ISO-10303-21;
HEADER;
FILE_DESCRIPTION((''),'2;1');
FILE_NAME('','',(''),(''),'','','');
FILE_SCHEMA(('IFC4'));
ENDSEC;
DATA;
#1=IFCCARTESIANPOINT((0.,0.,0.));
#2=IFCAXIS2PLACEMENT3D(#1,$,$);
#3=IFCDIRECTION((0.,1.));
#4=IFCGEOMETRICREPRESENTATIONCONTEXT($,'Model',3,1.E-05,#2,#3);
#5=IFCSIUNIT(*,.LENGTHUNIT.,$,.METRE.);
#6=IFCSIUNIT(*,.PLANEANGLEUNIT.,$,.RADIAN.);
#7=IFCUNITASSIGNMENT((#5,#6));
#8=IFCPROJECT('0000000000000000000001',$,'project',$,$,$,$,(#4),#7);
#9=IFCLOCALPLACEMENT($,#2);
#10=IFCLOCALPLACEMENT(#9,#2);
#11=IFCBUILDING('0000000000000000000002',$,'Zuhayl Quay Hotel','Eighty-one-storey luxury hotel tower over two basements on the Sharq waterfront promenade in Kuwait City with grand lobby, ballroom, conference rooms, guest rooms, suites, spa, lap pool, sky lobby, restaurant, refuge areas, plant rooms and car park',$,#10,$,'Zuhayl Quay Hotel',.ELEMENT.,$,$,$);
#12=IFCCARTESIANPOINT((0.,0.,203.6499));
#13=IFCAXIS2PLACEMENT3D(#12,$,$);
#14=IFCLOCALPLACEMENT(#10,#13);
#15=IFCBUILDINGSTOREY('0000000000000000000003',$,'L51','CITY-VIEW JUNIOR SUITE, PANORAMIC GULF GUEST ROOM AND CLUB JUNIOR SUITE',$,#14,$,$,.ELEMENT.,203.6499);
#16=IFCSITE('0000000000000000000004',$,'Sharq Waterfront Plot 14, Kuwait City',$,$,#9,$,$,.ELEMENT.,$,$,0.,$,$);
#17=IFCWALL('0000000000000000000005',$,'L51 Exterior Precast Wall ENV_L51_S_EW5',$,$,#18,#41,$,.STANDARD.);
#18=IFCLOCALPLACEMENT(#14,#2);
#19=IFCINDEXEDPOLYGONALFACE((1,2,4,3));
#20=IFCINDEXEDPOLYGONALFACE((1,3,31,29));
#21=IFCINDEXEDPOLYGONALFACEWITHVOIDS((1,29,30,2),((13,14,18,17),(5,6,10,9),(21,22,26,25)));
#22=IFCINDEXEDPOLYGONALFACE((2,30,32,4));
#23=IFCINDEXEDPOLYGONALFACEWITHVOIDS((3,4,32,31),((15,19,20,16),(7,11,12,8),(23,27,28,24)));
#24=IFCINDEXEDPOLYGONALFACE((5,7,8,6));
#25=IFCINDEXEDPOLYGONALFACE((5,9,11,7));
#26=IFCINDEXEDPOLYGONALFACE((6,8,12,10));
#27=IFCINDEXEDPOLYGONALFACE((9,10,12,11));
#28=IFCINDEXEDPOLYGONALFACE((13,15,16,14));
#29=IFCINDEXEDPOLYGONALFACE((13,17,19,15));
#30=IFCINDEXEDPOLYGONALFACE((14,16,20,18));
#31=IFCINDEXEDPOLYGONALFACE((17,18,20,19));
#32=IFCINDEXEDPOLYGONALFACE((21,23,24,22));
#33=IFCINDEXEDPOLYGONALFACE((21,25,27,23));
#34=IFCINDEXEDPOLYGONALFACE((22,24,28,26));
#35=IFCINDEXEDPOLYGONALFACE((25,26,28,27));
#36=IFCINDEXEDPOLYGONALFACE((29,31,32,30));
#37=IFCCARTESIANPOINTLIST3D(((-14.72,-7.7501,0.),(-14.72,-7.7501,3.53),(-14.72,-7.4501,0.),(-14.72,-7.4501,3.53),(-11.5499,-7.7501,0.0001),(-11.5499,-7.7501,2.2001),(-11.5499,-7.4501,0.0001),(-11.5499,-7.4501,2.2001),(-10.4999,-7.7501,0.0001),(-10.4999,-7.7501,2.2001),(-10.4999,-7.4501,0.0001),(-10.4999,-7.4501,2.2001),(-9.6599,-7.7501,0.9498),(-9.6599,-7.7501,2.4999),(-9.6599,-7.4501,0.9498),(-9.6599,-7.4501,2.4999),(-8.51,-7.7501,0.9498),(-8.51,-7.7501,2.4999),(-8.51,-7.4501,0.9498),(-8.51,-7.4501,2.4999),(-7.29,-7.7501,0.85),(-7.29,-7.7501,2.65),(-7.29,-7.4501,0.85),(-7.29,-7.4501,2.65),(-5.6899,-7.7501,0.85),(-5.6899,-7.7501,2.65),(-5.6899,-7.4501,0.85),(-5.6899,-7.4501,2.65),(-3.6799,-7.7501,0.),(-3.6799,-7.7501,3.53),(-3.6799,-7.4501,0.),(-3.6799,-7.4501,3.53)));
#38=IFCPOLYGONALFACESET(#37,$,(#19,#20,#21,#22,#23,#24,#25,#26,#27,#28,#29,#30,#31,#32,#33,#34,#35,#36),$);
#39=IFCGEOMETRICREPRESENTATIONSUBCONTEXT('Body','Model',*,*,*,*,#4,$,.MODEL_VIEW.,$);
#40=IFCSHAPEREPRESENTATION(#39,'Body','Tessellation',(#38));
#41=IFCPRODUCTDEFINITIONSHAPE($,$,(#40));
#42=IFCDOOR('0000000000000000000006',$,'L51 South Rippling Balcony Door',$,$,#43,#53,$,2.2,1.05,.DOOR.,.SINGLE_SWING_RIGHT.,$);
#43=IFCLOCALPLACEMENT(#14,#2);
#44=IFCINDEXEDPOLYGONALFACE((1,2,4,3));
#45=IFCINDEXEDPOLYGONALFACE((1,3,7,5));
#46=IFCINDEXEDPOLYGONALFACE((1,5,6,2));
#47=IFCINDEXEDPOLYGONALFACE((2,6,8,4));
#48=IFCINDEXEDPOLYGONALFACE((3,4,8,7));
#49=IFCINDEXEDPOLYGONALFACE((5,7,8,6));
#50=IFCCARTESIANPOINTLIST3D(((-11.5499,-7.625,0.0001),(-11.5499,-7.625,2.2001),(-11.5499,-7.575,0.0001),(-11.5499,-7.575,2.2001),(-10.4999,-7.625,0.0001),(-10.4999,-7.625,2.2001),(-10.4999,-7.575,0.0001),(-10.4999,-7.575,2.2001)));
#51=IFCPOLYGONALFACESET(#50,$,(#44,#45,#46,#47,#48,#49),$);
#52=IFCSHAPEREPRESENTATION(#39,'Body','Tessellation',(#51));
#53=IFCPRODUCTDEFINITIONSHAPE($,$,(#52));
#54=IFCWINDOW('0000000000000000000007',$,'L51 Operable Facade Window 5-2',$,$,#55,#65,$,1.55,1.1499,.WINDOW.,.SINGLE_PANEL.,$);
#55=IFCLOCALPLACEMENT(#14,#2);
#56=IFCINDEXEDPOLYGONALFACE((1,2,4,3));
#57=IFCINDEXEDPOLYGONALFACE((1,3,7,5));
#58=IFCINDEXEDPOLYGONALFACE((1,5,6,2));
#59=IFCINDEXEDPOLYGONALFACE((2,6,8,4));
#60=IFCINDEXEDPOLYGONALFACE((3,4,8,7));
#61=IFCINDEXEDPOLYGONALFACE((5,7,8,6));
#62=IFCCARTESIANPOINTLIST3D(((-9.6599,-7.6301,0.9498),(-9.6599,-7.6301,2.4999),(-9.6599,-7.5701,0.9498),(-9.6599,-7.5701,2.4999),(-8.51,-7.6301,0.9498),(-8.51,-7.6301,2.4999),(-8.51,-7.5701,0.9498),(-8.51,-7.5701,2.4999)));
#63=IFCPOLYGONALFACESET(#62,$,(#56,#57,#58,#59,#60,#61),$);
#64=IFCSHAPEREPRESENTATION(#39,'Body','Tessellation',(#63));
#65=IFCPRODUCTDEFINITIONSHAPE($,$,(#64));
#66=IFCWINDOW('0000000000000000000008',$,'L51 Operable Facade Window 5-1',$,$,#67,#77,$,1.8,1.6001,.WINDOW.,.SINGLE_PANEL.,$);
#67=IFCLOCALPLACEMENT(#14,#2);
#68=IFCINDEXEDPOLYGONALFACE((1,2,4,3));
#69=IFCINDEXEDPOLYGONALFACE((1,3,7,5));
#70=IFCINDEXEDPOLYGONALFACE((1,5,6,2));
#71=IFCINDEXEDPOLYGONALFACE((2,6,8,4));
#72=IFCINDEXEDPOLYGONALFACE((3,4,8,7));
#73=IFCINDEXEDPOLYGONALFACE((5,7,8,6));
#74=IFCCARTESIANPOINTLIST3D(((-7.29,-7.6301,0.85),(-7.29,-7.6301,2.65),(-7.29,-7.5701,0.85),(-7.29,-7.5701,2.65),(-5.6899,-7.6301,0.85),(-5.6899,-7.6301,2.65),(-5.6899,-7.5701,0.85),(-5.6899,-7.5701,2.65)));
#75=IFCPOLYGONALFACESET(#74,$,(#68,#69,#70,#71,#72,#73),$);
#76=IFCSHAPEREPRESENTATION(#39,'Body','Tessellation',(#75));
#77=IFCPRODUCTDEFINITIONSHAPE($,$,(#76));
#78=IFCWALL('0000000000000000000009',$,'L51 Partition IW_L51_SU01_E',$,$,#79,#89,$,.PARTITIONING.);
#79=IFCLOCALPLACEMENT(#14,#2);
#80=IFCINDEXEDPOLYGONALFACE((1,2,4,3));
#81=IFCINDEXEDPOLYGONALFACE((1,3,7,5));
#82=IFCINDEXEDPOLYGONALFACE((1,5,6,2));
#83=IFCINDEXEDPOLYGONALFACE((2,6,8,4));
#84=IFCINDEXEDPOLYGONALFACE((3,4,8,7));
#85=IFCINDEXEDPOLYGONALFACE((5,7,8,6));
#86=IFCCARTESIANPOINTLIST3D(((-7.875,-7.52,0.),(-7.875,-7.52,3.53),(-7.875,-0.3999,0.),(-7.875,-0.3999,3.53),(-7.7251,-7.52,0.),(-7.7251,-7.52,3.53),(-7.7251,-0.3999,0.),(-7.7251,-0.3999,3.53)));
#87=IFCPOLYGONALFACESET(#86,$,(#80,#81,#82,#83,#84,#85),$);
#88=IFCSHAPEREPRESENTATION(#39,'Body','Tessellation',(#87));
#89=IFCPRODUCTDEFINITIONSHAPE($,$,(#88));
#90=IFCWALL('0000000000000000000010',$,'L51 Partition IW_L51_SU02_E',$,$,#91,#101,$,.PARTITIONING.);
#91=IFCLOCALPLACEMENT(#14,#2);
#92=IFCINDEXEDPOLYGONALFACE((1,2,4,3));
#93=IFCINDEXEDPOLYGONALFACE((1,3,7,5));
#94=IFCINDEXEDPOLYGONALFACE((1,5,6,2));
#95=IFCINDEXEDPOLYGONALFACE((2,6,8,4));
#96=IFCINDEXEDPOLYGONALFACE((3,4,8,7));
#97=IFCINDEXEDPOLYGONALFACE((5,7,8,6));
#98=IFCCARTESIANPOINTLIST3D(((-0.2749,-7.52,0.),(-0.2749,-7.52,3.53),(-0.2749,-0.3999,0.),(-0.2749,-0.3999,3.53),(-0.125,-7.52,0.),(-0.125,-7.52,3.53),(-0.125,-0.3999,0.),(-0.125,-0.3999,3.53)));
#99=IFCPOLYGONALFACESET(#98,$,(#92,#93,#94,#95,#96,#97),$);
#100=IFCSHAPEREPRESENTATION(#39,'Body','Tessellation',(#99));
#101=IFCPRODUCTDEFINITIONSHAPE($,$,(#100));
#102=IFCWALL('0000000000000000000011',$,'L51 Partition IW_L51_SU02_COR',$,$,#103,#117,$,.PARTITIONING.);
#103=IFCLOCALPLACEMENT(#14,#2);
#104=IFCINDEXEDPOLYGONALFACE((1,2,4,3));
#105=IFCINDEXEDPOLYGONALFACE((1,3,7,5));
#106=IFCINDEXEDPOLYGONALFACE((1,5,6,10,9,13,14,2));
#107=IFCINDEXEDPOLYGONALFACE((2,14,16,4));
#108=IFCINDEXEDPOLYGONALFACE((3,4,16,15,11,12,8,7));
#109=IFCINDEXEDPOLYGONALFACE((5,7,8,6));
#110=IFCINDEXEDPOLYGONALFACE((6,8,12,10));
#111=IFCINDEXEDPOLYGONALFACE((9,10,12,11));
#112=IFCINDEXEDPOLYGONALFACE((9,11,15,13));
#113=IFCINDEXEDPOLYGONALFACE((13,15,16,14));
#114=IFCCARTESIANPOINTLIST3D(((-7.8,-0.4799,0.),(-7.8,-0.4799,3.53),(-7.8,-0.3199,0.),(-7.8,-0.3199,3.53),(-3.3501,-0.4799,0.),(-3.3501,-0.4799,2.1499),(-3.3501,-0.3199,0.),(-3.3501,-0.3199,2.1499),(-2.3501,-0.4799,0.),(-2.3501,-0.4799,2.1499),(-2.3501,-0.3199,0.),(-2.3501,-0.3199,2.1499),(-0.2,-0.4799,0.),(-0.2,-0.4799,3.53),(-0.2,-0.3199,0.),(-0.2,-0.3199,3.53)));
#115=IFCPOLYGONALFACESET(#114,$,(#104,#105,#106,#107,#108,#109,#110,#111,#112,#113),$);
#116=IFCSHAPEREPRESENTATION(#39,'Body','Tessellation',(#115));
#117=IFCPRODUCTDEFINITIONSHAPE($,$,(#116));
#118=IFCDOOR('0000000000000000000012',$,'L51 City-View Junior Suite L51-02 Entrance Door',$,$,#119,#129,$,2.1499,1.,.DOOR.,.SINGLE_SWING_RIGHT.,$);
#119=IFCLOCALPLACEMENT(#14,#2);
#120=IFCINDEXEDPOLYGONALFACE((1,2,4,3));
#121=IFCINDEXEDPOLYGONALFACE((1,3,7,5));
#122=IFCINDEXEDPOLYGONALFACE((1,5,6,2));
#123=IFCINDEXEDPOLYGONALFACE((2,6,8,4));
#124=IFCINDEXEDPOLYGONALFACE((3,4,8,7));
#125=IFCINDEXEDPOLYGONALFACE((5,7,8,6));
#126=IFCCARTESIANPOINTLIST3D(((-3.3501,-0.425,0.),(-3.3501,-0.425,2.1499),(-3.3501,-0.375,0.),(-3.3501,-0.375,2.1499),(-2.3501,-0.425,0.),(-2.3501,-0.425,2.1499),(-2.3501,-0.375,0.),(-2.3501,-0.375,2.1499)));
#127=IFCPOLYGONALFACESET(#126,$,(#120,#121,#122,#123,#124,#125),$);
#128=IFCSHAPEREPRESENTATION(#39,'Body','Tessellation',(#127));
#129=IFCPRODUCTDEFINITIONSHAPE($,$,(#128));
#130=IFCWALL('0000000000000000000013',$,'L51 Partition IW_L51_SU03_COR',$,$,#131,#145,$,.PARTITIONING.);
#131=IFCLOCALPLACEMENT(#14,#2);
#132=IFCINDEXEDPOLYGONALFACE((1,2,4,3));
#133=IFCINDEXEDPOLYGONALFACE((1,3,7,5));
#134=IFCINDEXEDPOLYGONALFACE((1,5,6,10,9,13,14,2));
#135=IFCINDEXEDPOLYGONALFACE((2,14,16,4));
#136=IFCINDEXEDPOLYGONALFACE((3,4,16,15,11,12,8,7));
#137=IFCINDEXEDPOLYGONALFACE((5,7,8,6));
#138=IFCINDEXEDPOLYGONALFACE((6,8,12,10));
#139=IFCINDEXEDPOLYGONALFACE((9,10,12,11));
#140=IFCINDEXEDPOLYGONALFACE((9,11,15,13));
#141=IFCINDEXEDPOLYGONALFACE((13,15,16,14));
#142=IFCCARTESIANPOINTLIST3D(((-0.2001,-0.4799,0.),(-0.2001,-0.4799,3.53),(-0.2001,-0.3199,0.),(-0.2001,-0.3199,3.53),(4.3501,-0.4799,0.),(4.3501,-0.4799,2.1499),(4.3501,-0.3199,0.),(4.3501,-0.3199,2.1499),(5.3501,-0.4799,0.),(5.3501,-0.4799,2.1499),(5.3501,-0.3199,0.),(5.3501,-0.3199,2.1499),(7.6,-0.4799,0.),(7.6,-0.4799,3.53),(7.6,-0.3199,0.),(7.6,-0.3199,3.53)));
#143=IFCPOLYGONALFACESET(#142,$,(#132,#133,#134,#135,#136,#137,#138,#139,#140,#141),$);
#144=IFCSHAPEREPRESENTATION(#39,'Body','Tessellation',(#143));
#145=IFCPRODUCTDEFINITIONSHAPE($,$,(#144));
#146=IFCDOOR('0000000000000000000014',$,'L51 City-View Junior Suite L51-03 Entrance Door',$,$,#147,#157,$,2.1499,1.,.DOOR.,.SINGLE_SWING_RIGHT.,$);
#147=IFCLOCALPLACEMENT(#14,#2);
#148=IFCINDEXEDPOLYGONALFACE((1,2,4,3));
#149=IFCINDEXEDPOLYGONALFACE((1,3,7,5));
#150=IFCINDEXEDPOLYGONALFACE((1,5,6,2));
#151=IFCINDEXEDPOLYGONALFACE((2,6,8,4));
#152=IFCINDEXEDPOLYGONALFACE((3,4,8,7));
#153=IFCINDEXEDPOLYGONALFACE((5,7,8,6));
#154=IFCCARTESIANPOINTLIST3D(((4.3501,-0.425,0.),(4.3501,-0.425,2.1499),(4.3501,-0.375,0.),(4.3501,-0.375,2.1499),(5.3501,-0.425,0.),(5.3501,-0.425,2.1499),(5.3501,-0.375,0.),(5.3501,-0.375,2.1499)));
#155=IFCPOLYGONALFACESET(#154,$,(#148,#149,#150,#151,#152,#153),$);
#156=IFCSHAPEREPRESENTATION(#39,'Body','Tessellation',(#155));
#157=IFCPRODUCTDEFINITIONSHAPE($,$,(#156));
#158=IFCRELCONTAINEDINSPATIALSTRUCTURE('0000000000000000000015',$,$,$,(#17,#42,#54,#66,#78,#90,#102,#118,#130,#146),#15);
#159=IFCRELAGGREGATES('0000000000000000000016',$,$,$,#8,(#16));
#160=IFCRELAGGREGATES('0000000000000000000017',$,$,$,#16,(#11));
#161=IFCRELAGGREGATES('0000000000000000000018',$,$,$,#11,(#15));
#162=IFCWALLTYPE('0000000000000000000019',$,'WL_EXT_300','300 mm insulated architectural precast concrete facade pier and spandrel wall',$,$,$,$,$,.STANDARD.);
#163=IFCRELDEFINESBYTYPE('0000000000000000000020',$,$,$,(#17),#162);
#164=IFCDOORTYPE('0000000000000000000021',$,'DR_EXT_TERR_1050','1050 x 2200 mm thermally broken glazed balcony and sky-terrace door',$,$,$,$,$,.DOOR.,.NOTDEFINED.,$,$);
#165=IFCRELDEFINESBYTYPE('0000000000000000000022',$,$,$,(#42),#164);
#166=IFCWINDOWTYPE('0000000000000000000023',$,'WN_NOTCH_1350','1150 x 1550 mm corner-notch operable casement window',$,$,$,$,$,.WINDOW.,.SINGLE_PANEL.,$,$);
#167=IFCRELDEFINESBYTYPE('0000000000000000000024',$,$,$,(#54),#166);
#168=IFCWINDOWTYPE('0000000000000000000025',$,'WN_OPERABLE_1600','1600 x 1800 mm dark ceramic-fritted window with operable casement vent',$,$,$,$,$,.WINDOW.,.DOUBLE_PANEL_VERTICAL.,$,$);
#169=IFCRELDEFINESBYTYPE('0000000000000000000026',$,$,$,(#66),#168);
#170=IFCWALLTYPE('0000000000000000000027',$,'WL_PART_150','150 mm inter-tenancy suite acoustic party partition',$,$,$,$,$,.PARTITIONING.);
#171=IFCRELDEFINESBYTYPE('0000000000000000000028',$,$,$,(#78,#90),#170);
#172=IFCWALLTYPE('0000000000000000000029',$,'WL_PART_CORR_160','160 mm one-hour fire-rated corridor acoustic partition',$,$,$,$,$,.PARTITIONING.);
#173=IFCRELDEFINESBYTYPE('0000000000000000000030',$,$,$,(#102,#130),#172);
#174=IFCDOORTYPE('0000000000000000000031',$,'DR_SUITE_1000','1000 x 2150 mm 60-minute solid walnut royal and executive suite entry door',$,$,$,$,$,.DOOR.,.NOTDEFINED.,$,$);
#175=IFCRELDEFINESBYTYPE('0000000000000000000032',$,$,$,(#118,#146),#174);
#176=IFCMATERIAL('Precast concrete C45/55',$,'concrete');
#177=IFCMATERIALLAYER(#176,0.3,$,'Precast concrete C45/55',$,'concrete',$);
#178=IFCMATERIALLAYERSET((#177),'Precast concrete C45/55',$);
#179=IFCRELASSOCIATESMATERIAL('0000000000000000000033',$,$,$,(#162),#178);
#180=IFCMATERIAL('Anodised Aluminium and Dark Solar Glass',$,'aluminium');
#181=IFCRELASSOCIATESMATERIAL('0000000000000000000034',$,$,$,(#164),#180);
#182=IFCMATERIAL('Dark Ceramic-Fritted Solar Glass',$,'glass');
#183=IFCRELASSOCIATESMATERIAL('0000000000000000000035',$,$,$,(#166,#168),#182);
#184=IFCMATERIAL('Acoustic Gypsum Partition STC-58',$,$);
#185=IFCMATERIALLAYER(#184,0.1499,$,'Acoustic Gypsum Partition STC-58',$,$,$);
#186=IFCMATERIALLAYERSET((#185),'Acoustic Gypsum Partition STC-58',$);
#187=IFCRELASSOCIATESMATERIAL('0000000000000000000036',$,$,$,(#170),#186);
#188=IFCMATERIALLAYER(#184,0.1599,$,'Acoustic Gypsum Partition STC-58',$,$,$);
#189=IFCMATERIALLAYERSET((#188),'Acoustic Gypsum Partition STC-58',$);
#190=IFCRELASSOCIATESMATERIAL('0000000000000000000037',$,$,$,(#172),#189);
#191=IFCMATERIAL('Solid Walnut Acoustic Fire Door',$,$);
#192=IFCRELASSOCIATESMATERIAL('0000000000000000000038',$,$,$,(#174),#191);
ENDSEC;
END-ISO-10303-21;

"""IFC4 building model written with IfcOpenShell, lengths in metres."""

from ifc_helpers import new_model, si_unit, direction, frame, frame_2d, origin, place, context, subcontext, project, spatial, rectangle, extrude, material, layer, layer_set, type_object, element, fill, save


model = new_model("IFC4")

# Units and contexts
model_context = context("Model", 3, precision=1e-05, world=origin(), true_north=direction((0.0, 1.0)))
body_context = subcontext(model_context, "Body", "Model", "MODEL_VIEW")
ifc_project = project(units=[si_unit("LENGTHUNIT", "METRE"), si_unit("PLANEANGLEUNIT", "RADIAN")], contexts=[model_context])

# Site, building, storey
site_placement = place(None, origin())
site = spatial("IfcSite", under=ifc_project, at=site_placement, Name="Sharq Waterfront Plot 14, Kuwait City", CompositionType="ELEMENT", RefElevation=0.0)
building_placement = place(site_placement, origin())
building = spatial("IfcBuilding", under=site, at=building_placement, Name="Zuhayl Quay Hotel", Description="Eighty-one-storey luxury hotel tower over two basements on the Sharq waterfront promenade in Kuwait City with grand lobby, ballroom, conference rooms, guest rooms, suites, spa, lap pool, sky lobby, restaurant, refuge areas, plant rooms and car park", LongName="Zuhayl Quay Hotel", CompositionType="ELEMENT")
storey_placement = place(building_placement, frame((0.0, 0.0, 203.6499)))
storey = spatial("IfcBuildingStorey", under=building, at=storey_placement, Name="L51", Description="CITY-VIEW JUNIOR SUITE, PANORAMIC GULF GUEST ROOM AND CLUB JUNIOR SUITE", CompositionType="ELEMENT", Elevation=203.6499)

# Shared definitions
ifc_material_1 = material(Name="Dark Ceramic-Fritted Solar Glass", Category="glass")

# Wall, openings, door, windows
ifc_material_2 = material(Name="Precast concrete C45/55", Category="concrete")
ifc_layer_1 = layer(ifc_material_2, 0.3, Name="Precast concrete C45/55", Category="concrete")
ifc_layer_set_1 = layer_set([ifc_layer_1], Name="Precast concrete C45/55")
wall_type_1 = type_object("IfcWallType", Name="WL_EXT_300", Description="300 mm insulated architectural precast concrete facade pier and spandrel wall", PredefinedType="STANDARD", material=ifc_layer_set_1)
wall_1_placement = place(storey_placement, frame((-3.6799, -7.6001, 0.0), z_axis=(0.0, 0.0, 1.0), x_axis=(-1.0, 0.0, 0.0)))
wall_1 = element("IfcWall", 1, at=wall_1_placement, inside=storey, type_object=wall_type_1, Name="L51 Exterior Precast Wall ENV_L51_S_EW5", PredefinedType="STANDARD", context=body_context, shape_type="SweptSolid", body=[
    extrude(rectangle(XDim=11.04, YDim=0.3, at=frame_2d((5.52, 0.0))), origin(), (0.0, 0.0, 1.0), 3.53),
])
opening_1_placement = place(wall_1_placement, frame((6.8201, 0.0, 0.0)))
opening_1 = element("IfcOpeningElement", 2, at=opening_1_placement, cuts=wall_1, PredefinedType="OPENING", context=body_context, shape_type="SweptSolid", body=[
    extrude(rectangle(XDim=1.05, YDim=2.2, at=frame_2d((0.5249, 1.1001))), frame((0.0, 0.1599, 0.0), z_axis=(0.0, -1.0, 0.0), x_axis=(1.0, 0.0, 0.0)), (0.0, 0.0, 1.0), 0.3201),
])
opening_2_placement = place(wall_1_placement, frame((2.01, 0.0, 0.8501)))
opening_2 = element("IfcOpeningElement", 3, at=opening_2_placement, cuts=wall_1, PredefinedType="OPENING", context=body_context, shape_type="SweptSolid", body=[
    extrude(rectangle(XDim=1.6001, YDim=1.8, at=frame_2d((0.8, 0.8999))), frame((0.0, 0.1599, 0.0), z_axis=(0.0, -1.0, 0.0), x_axis=(1.0, 0.0, 0.0)), (0.0, 0.0, 1.0), 0.3201),
])
opening_3_placement = place(wall_1_placement, frame((4.8301, 0.0, 0.95)))
opening_3 = element("IfcOpeningElement", 4, at=opening_3_placement, cuts=wall_1, PredefinedType="OPENING", context=body_context, shape_type="SweptSolid", body=[
    extrude(rectangle(XDim=1.1499, YDim=1.55, at=frame_2d((0.575, 0.7749))), frame((0.0, 0.1599, 0.0), z_axis=(0.0, -1.0, 0.0), x_axis=(1.0, 0.0, 0.0)), (0.0, 0.0, 1.0), 0.3201),
])
ifc_material_3 = material(Name="Anodised Aluminium and Dark Solar Glass", Category="aluminium")
door_type_1 = type_object("IfcDoorType", Name="DR_EXT_TERR_1050", Description="1050 x 2200 mm thermally broken glazed balcony and sky-terrace door", OperationType="NOTDEFINED", PredefinedType="DOOR", material=ifc_material_3)
door_1_placement = place(opening_1_placement, origin())
door_1 = element("IfcDoor", 5, at=door_1_placement, inside=storey, type_object=door_type_1, Name="L51 South Rippling Balcony Door", OperationType="SINGLE_SWING_RIGHT", OverallHeight=2.2, OverallWidth=1.05, PredefinedType="DOOR", context=body_context, shape_type="SweptSolid", body=[
    extrude(rectangle(XDim=1.05, YDim=2.2, at=frame_2d((0.5249, 1.1001))), frame((0.0, 0.0249, 0.0), z_axis=(0.0, -1.0, 0.0), x_axis=(1.0, 0.0, 0.0)), (0.0, 0.0, 1.0), 0.05),
])
fill(opening_1, door_1)
window_type_1 = type_object("IfcWindowType", Name="WN_NOTCH_1350", Description="1150 x 1550 mm corner-notch operable casement window", PartitioningType="SINGLE_PANEL", PredefinedType="WINDOW", material=ifc_material_1)
window_1_placement = place(opening_3_placement, origin())
window_1 = element("IfcWindow", 6, at=window_1_placement, inside=storey, type_object=window_type_1, Name="L51 Operable Facade Window 5-2", OverallHeight=1.55, OverallWidth=1.1499, PartitioningType="SINGLE_PANEL", PredefinedType="WINDOW", context=body_context, shape_type="SweptSolid", body=[
    extrude(rectangle(XDim=1.1499, YDim=1.55, at=frame_2d((0.575, 0.7749))), frame((0.0, 0.03, 0.0), z_axis=(0.0, -1.0, 0.0), x_axis=(1.0, 0.0, 0.0)), (0.0, 0.0, 1.0), 0.0601),
])
fill(opening_3, window_1)
window_type_2 = type_object("IfcWindowType", Name="WN_OPERABLE_1600", Description="1600 x 1800 mm dark ceramic-fritted window with operable casement vent", PartitioningType="DOUBLE_PANEL_VERTICAL", PredefinedType="WINDOW", material=ifc_material_1)
window_2_placement = place(opening_2_placement, origin())
window_2 = element("IfcWindow", 7, at=window_2_placement, inside=storey, type_object=window_type_2, Name="L51 Operable Facade Window 5-1", OverallHeight=1.8, OverallWidth=1.6001, PartitioningType="SINGLE_PANEL", PredefinedType="WINDOW", context=body_context, shape_type="SweptSolid", body=[
    extrude(rectangle(XDim=1.6001, YDim=1.8, at=frame_2d((0.8, 0.8999))), frame((0.0, 0.03, 0.0), z_axis=(0.0, -1.0, 0.0), x_axis=(1.0, 0.0, 0.0)), (0.0, 0.0, 1.0), 0.0601),
])
fill(opening_2, window_2)

# Walls
ifc_material_4 = material(Name="Acoustic Gypsum Partition STC-58")
ifc_layer_2 = layer(ifc_material_4, 0.1499, Name="Acoustic Gypsum Partition STC-58")
ifc_layer_set_2 = layer_set([ifc_layer_2], Name="Acoustic Gypsum Partition STC-58")
wall_type_2 = type_object("IfcWallType", Name="WL_PART_150", Description="150 mm inter-tenancy suite acoustic party partition", PredefinedType="PARTITIONING", material=ifc_layer_set_2)
for number, where, z_axis, x_axis, name in (
    (8, (-7.8, -7.52, 0.0), (0.0, 0.0, 1.0), (0.0, 1.0, 0.0), "L51 Partition IW_L51_SU01_E"),
    (9, (-0.2, -7.52, 0.0), (0.0, 0.0, 1.0), (0.0, 1.0, 0.0), "L51 Partition IW_L51_SU02_E"),
):
    element("IfcWall", number, at=place(storey_placement, frame(where, z_axis=z_axis, x_axis=x_axis)), inside=storey, type_object=wall_type_2, Name=name, PredefinedType="PARTITIONING", context=body_context, shape_type="SweptSolid", body=[
        extrude(rectangle(XDim=7.1201, YDim=0.1499, at=frame_2d((3.5601, 0.0))), origin(), (0.0, 0.0, 1.0), 3.53),
    ])

# Walls, openings, doors
ifc_layer_3 = layer(ifc_material_4, 0.1599, Name="Acoustic Gypsum Partition STC-58")
ifc_layer_set_3 = layer_set([ifc_layer_3], Name="Acoustic Gypsum Partition STC-58")
wall_type_3 = type_object("IfcWallType", Name="WL_PART_CORR_160", Description="160 mm one-hour fire-rated corridor acoustic partition", PredefinedType="PARTITIONING", material=ifc_layer_set_3)
wall_2_placement = place(storey_placement, frame((-7.8, -0.3999, 0.0), z_axis=(0.0, 0.0, 1.0), x_axis=(1.0, 0.0, 0.0)))
wall_2 = element("IfcWall", 10, at=wall_2_placement, inside=storey, type_object=wall_type_3, Name="L51 Partition IW_L51_SU02_COR", PredefinedType="PARTITIONING", context=body_context, shape_type="SweptSolid", body=[
    extrude(rectangle(XDim=7.6001, YDim=0.1599, at=frame_2d((3.8, 0.0))), origin(), (0.0, 0.0, 1.0), 3.53),
])
opening_4_placement = place(wall_2_placement, frame((4.45, 0.0, 0.0)))
opening_4 = element("IfcOpeningElement", 11, at=opening_4_placement, cuts=wall_2, PredefinedType="OPENING", context=body_context, shape_type="SweptSolid", body=[
    extrude(rectangle(XDim=1.0, YDim=2.1499, at=frame_2d((0.5, 1.075))), frame((0.0, 0.0898, 0.0), z_axis=(0.0, -1.0, 0.0), x_axis=(1.0, 0.0, 0.0)), (0.0, 0.0, 1.0), 0.1799),
])
ifc_material_5 = material(Name="Solid Walnut Acoustic Fire Door")
door_type_2 = type_object("IfcDoorType", Name="DR_SUITE_1000", Description="1000 x 2150 mm 60-minute solid walnut royal and executive suite entry door", OperationType="NOTDEFINED", PredefinedType="DOOR", material=ifc_material_5)
door_2_placement = place(opening_4_placement, origin())
door_2 = element("IfcDoor", 12, at=door_2_placement, inside=storey, type_object=door_type_2, Name="L51 City-View Junior Suite L51-02 Entrance Door", OperationType="SINGLE_SWING_RIGHT", OverallHeight=2.1499, OverallWidth=1.0, PredefinedType="DOOR", context=body_context, shape_type="SweptSolid", body=[
    extrude(rectangle(XDim=1.0, YDim=2.1499, at=frame_2d((0.5, 1.075))), frame((0.0, 0.0249, 0.0), z_axis=(0.0, -1.0, 0.0), x_axis=(1.0, 0.0, 0.0)), (0.0, 0.0, 1.0), 0.05),
])
fill(opening_4, door_2)
wall_3_placement = place(storey_placement, frame((-0.2, -0.3999, 0.0), z_axis=(0.0, 0.0, 1.0), x_axis=(1.0, 0.0, 0.0)))
wall_3 = element("IfcWall", 13, at=wall_3_placement, inside=storey, type_object=wall_type_3, Name="L51 Partition IW_L51_SU03_COR", PredefinedType="PARTITIONING", context=body_context, shape_type="SweptSolid", body=[
    extrude(rectangle(XDim=7.8, YDim=0.1599, at=frame_2d((3.8999, 0.0))), origin(), (0.0, 0.0, 1.0), 3.53),
])
opening_5_placement = place(wall_3_placement, frame((4.55, 0.0, 0.0)))
opening_5 = element("IfcOpeningElement", 14, at=opening_5_placement, cuts=wall_3, PredefinedType="OPENING", context=body_context, shape_type="SweptSolid", body=[
    extrude(rectangle(XDim=1.0, YDim=2.1499, at=frame_2d((0.5, 1.075))), frame((0.0, 0.0898, 0.0), z_axis=(0.0, -1.0, 0.0), x_axis=(1.0, 0.0, 0.0)), (0.0, 0.0, 1.0), 0.1799),
])
door_3_placement = place(opening_5_placement, origin())
door_3 = element("IfcDoor", 15, at=door_3_placement, inside=storey, type_object=door_type_2, Name="L51 City-View Junior Suite L51-03 Entrance Door", OperationType="SINGLE_SWING_RIGHT", OverallHeight=2.1499, OverallWidth=1.0, PredefinedType="DOOR", context=body_context, shape_type="SweptSolid", body=[
    extrude(rectangle(XDim=1.0, YDim=2.1499, at=frame_2d((0.5, 1.075))), frame((0.0, 0.0249, 0.0), z_axis=(0.0, -1.0, 0.0), x_axis=(1.0, 0.0, 0.0)), (0.0, 0.0, 1.0), 0.05),
])
fill(opening_5, door_3)

save(model, "model.ifc")
